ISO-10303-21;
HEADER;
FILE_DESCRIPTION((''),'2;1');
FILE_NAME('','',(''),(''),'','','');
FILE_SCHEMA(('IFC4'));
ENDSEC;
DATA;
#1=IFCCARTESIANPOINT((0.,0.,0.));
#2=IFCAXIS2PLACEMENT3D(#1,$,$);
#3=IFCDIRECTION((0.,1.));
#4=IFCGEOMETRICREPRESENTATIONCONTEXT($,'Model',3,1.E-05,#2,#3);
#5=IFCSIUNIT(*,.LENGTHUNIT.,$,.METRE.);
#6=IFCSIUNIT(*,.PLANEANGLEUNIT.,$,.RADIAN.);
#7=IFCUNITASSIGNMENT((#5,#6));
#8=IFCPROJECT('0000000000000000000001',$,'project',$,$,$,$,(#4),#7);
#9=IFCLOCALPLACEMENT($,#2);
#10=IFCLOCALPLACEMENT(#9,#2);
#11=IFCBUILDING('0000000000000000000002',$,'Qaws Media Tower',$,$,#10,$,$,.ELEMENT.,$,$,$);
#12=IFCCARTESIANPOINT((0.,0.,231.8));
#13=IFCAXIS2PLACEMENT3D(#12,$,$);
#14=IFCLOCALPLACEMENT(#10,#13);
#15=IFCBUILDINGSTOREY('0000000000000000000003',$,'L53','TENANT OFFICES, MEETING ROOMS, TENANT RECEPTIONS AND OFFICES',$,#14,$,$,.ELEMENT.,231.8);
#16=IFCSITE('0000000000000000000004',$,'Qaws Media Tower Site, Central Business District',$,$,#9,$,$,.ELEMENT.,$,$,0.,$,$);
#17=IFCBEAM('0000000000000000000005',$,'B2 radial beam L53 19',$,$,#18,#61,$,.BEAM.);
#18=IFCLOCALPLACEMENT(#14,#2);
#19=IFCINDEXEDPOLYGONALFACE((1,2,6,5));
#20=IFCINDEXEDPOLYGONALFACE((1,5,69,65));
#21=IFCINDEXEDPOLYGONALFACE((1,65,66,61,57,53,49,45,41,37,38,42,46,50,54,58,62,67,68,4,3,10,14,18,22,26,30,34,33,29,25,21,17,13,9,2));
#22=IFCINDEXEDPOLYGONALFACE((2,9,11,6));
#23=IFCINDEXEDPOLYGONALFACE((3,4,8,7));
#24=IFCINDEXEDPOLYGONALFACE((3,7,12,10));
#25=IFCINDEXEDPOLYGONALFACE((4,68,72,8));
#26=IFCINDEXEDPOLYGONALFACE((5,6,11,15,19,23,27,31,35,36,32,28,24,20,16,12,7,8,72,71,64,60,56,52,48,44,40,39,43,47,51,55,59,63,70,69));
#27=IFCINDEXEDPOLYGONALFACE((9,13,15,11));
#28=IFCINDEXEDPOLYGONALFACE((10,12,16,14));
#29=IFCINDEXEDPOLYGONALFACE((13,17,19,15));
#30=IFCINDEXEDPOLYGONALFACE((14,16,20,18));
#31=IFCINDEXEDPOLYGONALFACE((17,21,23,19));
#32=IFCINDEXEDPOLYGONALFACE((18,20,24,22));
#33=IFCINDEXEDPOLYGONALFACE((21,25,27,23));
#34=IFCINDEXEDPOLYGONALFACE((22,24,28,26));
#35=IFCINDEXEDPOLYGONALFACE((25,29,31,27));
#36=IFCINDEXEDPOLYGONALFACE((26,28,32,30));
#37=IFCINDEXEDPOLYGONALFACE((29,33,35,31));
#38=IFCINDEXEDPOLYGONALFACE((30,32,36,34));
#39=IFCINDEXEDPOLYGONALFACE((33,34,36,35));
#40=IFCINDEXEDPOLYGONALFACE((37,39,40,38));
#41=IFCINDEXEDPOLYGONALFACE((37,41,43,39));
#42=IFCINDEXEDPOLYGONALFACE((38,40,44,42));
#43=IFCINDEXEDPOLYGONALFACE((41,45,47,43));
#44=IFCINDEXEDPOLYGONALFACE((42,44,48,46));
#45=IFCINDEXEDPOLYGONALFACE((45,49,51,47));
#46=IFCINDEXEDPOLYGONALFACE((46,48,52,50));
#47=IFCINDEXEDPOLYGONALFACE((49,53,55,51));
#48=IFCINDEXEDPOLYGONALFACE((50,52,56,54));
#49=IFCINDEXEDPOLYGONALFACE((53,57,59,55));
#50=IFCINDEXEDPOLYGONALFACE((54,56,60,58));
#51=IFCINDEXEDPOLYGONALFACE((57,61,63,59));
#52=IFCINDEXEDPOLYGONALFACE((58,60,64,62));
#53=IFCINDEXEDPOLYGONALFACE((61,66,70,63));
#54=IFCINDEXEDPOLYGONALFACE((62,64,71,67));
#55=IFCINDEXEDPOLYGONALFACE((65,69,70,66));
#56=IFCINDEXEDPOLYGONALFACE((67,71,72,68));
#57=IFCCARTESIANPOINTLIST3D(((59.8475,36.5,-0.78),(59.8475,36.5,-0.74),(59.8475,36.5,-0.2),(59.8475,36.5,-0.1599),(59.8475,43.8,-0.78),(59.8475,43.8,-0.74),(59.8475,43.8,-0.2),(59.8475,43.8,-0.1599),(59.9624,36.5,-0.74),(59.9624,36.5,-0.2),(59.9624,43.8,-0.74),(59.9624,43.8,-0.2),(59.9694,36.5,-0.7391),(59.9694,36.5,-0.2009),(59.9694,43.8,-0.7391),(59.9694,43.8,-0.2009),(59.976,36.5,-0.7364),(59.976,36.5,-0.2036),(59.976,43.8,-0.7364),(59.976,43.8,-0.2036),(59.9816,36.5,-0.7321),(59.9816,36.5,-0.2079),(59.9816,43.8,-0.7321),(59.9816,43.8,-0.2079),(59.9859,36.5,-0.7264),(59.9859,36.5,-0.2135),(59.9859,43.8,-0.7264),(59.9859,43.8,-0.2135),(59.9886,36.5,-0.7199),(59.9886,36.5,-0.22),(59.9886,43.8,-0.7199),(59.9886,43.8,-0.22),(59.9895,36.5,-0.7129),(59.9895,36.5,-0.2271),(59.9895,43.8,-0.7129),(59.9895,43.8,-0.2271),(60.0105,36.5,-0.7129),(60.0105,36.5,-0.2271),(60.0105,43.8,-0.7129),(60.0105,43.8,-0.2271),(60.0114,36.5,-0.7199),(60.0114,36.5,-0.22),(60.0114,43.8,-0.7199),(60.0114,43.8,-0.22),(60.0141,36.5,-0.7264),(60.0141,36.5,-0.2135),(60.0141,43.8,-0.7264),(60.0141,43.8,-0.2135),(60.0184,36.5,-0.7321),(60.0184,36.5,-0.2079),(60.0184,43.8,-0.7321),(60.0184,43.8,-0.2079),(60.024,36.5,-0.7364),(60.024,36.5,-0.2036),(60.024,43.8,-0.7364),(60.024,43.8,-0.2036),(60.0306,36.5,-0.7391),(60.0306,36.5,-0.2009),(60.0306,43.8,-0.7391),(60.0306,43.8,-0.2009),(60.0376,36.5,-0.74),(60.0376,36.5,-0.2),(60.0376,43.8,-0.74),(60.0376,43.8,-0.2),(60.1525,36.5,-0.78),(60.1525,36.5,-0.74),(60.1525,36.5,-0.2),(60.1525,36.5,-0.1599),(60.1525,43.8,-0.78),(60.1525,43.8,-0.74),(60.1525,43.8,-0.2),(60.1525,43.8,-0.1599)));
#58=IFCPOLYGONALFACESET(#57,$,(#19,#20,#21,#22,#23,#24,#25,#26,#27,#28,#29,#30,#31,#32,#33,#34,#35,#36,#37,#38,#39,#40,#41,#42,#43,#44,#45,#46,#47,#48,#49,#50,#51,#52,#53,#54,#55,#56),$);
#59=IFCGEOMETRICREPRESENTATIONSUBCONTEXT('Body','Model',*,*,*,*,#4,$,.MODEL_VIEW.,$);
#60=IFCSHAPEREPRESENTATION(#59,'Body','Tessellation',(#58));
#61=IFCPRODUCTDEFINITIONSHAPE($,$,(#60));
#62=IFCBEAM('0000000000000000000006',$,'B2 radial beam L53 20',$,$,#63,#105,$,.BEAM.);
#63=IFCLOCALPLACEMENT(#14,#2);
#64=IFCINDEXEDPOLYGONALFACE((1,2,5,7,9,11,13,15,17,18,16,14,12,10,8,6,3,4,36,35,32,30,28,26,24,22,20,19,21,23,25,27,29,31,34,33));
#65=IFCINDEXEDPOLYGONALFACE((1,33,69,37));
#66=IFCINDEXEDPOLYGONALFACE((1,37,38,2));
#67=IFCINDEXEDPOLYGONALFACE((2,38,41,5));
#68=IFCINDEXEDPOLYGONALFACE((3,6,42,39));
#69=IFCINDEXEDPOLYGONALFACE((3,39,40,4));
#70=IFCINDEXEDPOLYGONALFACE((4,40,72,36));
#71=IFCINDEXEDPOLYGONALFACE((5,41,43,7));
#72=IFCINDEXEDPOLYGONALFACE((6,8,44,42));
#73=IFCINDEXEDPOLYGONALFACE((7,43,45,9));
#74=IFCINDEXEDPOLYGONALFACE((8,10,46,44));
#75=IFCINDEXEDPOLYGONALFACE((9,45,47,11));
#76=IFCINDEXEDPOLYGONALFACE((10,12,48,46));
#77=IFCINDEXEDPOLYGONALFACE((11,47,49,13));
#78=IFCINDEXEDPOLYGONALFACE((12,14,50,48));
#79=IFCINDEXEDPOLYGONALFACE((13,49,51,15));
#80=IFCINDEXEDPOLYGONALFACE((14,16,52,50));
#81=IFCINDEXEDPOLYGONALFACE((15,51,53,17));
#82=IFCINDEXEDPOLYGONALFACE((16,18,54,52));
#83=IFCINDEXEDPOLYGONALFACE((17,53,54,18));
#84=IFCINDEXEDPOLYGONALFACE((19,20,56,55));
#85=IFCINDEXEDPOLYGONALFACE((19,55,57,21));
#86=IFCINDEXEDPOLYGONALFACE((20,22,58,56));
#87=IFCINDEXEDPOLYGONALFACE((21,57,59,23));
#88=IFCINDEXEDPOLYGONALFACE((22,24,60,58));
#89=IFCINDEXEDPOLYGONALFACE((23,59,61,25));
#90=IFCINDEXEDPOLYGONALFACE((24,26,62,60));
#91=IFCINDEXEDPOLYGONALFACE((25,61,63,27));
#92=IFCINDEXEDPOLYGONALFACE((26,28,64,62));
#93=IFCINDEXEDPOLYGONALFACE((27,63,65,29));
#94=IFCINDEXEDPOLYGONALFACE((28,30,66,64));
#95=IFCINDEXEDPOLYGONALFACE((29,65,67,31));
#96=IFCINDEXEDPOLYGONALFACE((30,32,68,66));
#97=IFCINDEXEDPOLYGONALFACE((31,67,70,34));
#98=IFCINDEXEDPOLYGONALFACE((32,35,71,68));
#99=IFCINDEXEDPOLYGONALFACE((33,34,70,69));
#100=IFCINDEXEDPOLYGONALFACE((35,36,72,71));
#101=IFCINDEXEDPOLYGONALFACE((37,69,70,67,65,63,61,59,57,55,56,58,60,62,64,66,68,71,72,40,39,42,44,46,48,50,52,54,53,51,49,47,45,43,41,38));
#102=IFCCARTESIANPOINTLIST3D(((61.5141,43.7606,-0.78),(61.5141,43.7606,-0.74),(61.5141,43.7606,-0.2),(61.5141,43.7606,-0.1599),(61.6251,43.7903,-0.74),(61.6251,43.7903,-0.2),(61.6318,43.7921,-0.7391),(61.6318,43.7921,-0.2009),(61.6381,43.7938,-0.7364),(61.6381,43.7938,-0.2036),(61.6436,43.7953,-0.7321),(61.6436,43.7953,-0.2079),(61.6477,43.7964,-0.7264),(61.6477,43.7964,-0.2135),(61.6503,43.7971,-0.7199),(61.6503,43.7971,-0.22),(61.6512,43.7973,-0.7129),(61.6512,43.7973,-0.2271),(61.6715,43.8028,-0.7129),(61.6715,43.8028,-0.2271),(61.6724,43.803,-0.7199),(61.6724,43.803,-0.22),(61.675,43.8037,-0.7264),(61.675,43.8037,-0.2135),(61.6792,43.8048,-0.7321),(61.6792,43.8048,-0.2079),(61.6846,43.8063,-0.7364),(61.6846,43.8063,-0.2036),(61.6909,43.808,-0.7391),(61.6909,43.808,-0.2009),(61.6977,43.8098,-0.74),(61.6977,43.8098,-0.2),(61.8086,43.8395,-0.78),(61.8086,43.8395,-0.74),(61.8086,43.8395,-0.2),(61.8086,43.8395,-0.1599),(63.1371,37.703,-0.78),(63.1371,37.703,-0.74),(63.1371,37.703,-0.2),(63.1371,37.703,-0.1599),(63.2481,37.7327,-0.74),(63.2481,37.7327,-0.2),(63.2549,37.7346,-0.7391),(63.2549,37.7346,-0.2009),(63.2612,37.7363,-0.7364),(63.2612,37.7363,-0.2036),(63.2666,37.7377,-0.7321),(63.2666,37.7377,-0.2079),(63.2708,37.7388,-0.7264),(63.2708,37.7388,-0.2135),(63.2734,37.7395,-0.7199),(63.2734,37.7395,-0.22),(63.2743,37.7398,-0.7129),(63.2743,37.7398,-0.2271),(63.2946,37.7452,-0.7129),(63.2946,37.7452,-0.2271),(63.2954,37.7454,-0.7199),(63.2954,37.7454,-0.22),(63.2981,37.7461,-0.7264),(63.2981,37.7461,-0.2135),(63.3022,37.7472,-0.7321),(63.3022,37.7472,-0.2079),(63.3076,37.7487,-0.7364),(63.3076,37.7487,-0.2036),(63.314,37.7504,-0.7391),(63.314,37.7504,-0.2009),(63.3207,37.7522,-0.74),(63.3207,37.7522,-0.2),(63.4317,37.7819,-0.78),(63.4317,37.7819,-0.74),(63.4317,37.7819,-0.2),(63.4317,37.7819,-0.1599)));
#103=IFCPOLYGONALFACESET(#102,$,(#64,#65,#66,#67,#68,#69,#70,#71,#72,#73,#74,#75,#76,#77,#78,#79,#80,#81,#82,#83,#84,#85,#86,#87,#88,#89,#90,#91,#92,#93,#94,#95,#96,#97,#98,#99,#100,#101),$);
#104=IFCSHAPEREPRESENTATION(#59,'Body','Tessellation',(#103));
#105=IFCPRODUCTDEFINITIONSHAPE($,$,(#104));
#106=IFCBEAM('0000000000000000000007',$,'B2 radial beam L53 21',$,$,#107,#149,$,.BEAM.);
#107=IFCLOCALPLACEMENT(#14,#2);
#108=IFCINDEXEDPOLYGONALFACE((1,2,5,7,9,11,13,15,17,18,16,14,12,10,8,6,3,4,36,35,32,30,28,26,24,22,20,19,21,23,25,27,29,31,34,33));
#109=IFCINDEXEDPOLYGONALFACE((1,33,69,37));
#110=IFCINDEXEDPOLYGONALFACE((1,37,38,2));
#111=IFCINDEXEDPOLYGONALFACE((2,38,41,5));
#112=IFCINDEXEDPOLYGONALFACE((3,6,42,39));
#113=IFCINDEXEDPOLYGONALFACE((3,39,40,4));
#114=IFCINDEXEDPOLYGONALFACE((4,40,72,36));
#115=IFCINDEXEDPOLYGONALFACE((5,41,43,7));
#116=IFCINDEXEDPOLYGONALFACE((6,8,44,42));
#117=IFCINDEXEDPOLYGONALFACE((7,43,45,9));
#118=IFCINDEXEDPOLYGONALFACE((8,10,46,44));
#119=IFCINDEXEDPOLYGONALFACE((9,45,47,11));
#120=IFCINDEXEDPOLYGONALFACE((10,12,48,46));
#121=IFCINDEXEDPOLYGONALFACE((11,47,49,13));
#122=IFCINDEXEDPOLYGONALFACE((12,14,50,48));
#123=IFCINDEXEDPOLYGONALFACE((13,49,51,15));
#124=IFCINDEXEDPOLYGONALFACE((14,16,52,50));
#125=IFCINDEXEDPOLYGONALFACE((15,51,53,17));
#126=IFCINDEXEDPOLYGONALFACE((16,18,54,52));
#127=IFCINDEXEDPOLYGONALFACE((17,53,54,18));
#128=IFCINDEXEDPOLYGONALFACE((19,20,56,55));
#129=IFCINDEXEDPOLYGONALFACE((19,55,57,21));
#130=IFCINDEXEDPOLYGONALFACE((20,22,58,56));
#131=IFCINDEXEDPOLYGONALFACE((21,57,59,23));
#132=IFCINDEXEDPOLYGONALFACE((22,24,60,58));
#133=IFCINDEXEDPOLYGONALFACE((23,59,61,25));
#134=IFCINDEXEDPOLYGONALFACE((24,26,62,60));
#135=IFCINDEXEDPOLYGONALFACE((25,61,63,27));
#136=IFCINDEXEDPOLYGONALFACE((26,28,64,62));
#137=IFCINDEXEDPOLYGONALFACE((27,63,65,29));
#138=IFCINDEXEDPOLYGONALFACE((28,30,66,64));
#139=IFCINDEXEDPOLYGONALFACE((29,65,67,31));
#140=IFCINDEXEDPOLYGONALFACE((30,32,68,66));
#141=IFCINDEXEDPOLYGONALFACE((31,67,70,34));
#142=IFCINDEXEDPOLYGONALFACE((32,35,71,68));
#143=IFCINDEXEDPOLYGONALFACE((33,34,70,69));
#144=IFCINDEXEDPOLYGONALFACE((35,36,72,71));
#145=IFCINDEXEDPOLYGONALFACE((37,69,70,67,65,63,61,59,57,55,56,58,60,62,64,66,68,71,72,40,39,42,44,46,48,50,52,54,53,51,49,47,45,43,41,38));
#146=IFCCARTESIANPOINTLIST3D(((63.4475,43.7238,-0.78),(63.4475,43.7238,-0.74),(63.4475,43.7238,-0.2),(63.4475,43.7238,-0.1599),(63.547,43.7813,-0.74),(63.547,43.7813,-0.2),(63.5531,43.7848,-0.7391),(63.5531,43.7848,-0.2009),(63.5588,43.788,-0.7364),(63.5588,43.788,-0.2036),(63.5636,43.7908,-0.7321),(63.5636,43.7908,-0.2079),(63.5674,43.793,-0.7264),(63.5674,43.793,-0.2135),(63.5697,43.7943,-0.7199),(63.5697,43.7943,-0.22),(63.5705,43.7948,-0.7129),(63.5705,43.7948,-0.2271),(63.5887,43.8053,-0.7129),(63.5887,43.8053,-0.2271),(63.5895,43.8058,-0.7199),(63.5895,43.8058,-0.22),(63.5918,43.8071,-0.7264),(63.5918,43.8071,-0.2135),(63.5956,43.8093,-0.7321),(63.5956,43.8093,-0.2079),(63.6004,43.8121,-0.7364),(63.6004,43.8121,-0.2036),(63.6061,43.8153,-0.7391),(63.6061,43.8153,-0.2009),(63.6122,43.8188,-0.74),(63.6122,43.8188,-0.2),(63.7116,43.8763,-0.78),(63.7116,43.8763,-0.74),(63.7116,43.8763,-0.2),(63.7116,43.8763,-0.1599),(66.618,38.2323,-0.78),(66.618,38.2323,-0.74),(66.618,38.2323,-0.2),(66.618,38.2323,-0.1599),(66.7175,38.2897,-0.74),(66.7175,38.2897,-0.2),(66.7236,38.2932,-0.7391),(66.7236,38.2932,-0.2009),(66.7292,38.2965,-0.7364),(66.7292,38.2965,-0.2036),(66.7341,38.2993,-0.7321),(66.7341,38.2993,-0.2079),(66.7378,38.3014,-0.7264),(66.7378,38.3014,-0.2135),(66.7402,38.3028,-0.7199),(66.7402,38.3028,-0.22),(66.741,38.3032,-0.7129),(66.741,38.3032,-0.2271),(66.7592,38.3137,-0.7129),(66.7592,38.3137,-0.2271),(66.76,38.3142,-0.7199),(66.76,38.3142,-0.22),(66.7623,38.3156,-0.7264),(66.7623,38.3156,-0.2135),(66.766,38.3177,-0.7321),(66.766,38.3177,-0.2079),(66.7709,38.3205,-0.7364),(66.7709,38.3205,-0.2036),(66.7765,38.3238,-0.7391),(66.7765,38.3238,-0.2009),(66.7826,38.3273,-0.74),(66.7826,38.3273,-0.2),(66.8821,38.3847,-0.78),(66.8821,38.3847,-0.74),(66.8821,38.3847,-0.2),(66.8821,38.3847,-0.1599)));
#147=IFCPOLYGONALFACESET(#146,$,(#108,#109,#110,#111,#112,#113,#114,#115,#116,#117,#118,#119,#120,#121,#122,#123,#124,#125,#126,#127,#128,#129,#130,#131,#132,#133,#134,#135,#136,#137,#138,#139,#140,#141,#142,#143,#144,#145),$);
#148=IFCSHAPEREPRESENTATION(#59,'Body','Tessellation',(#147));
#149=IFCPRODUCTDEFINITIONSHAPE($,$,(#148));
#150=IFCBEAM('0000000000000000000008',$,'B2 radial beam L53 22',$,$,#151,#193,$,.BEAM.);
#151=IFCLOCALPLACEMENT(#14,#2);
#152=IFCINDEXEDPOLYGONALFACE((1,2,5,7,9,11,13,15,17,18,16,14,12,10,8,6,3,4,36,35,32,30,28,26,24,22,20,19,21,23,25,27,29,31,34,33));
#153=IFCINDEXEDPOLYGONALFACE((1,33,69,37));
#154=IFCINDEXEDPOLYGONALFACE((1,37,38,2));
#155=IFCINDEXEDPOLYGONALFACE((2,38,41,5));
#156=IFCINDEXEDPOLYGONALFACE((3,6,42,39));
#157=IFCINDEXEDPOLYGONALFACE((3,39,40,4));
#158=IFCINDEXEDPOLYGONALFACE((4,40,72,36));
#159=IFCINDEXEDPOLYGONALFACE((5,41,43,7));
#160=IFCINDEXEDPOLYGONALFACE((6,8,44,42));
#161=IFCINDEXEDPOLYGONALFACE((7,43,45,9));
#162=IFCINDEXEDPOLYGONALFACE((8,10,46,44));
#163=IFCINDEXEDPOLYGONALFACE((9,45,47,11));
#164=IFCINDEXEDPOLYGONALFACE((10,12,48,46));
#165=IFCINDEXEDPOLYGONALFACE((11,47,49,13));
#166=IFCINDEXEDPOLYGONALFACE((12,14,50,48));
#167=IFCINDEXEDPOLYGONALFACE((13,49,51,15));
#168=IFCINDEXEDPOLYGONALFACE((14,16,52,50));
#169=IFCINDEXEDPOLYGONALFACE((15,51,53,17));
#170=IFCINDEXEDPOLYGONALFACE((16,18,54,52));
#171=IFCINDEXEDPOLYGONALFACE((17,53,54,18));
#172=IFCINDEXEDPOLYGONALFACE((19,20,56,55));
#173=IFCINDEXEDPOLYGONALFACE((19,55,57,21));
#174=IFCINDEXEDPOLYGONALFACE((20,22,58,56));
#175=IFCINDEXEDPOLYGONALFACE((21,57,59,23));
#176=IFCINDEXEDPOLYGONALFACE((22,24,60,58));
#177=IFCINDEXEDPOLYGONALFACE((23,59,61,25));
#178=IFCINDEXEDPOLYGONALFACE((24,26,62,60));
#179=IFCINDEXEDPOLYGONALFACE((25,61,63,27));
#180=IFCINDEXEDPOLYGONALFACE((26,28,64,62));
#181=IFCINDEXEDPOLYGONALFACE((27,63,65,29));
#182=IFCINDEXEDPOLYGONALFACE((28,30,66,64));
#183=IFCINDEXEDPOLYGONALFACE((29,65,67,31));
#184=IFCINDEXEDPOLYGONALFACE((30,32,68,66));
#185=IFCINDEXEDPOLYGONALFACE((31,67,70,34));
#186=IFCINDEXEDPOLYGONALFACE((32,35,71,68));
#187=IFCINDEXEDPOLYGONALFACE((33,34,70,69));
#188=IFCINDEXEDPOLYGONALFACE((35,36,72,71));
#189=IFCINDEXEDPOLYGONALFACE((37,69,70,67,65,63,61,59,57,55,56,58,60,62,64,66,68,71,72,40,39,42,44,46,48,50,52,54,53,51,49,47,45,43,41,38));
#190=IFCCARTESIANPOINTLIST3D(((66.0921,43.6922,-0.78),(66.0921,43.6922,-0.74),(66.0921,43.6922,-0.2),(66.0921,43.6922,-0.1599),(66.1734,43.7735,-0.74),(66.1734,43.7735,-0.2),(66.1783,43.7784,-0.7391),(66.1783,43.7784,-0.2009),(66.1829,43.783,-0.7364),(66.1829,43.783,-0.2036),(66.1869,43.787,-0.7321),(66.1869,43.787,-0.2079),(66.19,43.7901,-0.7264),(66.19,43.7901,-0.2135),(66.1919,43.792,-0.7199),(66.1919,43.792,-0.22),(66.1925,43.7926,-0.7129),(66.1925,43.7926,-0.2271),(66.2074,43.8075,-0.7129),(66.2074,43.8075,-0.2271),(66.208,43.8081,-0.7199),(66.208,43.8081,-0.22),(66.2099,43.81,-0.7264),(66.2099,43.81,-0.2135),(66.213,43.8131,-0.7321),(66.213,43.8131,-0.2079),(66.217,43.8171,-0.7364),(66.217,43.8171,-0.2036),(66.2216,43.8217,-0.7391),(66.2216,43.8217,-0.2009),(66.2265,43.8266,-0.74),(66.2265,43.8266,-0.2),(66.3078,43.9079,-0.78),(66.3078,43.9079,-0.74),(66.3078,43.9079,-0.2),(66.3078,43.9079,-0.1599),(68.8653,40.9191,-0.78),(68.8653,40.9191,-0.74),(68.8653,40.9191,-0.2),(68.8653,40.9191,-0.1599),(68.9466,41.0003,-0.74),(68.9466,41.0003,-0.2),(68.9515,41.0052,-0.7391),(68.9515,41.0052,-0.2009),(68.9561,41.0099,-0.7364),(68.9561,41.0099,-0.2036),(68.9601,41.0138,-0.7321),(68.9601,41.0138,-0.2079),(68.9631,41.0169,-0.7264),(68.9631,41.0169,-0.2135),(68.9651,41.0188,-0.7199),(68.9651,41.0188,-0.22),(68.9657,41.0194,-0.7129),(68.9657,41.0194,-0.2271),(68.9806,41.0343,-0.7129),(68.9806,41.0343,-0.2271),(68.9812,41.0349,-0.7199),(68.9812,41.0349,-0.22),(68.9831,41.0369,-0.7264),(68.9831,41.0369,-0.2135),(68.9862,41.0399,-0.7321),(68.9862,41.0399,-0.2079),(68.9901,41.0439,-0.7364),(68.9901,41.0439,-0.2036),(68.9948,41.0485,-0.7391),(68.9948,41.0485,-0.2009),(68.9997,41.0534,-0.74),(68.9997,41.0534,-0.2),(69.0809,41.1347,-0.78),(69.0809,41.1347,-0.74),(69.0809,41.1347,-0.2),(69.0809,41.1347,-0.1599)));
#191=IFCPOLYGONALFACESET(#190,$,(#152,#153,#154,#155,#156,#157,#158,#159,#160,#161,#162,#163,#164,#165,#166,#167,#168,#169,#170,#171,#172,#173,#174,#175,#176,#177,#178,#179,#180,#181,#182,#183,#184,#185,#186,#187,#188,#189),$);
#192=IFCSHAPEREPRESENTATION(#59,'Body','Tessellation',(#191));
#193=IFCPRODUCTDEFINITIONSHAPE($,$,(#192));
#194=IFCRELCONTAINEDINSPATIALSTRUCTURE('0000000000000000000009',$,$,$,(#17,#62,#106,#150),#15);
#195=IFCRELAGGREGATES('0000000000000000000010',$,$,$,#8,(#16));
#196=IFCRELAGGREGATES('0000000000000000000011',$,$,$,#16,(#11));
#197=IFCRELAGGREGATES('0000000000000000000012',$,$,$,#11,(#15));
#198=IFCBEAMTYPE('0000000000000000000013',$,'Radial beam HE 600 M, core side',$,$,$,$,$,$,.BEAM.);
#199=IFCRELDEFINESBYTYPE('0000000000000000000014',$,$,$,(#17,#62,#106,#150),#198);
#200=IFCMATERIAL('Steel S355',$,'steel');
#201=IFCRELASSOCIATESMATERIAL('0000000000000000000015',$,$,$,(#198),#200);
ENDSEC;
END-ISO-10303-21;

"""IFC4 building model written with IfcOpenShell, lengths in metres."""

from ifc_helpers import new_model, si_unit, direction, frame, origin, origin_2d, place, context, subcontext, project, spatial, i_section, extrude, material, material_profile, profile_set, type_object, element, save


model = new_model("IFC4")

# Units and contexts
model_context = context("Model", 3, precision=1e-05, world=origin(), true_north=direction((0.0, 1.0)))
body_context = subcontext(model_context, "Body", "Model", "MODEL_VIEW")
ifc_project = project(units=[si_unit("LENGTHUNIT", "METRE"), si_unit("PLANEANGLEUNIT", "RADIAN")], contexts=[model_context])

# Site, building, storey
site_placement = place(None, origin())
site = spatial("IfcSite", under=ifc_project, at=site_placement, Name="Qaws Media Tower Site, Central Business District", CompositionType="ELEMENT", RefElevation=0.0)
building_placement = place(site_placement, origin())
building = spatial("IfcBuilding", under=site, at=building_placement, Name="Qaws Media Tower", CompositionType="ELEMENT")
storey_placement = place(building_placement, frame((0.0, 0.0, 231.8)))
storey = spatial("IfcBuildingStorey", under=building, at=storey_placement, Name="L53", Description="TENANT OFFICES, MEETING ROOMS, TENANT RECEPTIONS AND OFFICES", CompositionType="ELEMENT", Elevation=231.8)

# Beams
ifc_material_1 = material(Name="Steel S355", Category="steel")
ifc_material_profile_1 = material_profile(ifc_material_1, i_section(OverallWidth=0.3049, OverallDepth=0.6201, WebThickness=0.021, FlangeThickness=0.04, FilletRadius=0.0271, at=origin_2d()), Name="HE 600 M")
ifc_profile_set_1 = profile_set([ifc_material_profile_1], Name="Steel S355")
beam_type_1 = type_object("IfcBeamType", Name="Radial beam HE 600 M, core side", PredefinedType="BEAM", material=ifc_profile_set_1)
beam_1_placement = place(storey_placement, frame((60.0, 43.8, -0.47), z_axis=(0.0, -1.0, 0.0), x_axis=(1.0, 0.0, 0.0)))
element("IfcBeam", 1, at=beam_1_placement, inside=storey, type_object=beam_type_1, Name="B2 radial beam L53 19", PredefinedType="BEAM", context=body_context, shape_type="SweptSolid", body=[
    extrude(i_section(OverallWidth=0.3049, OverallDepth=0.6201, WebThickness=0.021, FlangeThickness=0.04, FilletRadius=0.0271, at=origin_2d()), origin(), (0.0, 0.0, 1.0), 7.3),
])
beam_2_placement = place(storey_placement, frame((61.6614, 43.8, -0.47), z_axis=(0.258806, -0.965929, 0.0), x_axis=(0.965929, 0.258806, 0.0)))
element("IfcBeam", 2, at=beam_2_placement, inside=storey, type_object=beam_type_1, Name="B2 radial beam L53 20", PredefinedType="BEAM", context=body_context, shape_type="SweptSolid", body=[
    extrude(i_section(OverallWidth=0.3049, OverallDepth=0.6201, WebThickness=0.021, FlangeThickness=0.04, FilletRadius=0.0271, at=origin_2d()), origin(), (0.0, 0.0, 1.0), 6.2712),
])
beam_3_placement = place(storey_placement, frame((63.5796, 43.8, -0.47), z_axis=(0.49999, -0.866031, 0.0), x_axis=(0.866031, 0.49999, 0.0)))
element("IfcBeam", 3, at=beam_3_placement, inside=storey, type_object=beam_type_1, Name="B2 radial beam L53 21", PredefinedType="BEAM", context=body_context, shape_type="SweptSolid", body=[
    extrude(i_section(OverallWidth=0.3049, OverallDepth=0.6201, WebThickness=0.021, FlangeThickness=0.04, FilletRadius=0.0271, at=origin_2d()), origin(), (0.0, 0.0, 1.0), 6.3411),
])
beam_4_placement = place(storey_placement, frame((66.2, 43.8, -0.47), z_axis=(0.707107, -0.707107, 0.0), x_axis=(0.707107, 0.707107, 0.0)))
element("IfcBeam", 4, at=beam_4_placement, inside=storey, type_object=beam_type_1, Name="B2 radial beam L53 22", PredefinedType="BEAM", context=body_context, shape_type="SweptSolid", body=[
    extrude(i_section(OverallWidth=0.3049, OverallDepth=0.6201, WebThickness=0.021, FlangeThickness=0.04, FilletRadius=0.0271, at=origin_2d()), origin(), (0.0, 0.0, 1.0), 3.9219),
])

save(model, "model.ifc")
